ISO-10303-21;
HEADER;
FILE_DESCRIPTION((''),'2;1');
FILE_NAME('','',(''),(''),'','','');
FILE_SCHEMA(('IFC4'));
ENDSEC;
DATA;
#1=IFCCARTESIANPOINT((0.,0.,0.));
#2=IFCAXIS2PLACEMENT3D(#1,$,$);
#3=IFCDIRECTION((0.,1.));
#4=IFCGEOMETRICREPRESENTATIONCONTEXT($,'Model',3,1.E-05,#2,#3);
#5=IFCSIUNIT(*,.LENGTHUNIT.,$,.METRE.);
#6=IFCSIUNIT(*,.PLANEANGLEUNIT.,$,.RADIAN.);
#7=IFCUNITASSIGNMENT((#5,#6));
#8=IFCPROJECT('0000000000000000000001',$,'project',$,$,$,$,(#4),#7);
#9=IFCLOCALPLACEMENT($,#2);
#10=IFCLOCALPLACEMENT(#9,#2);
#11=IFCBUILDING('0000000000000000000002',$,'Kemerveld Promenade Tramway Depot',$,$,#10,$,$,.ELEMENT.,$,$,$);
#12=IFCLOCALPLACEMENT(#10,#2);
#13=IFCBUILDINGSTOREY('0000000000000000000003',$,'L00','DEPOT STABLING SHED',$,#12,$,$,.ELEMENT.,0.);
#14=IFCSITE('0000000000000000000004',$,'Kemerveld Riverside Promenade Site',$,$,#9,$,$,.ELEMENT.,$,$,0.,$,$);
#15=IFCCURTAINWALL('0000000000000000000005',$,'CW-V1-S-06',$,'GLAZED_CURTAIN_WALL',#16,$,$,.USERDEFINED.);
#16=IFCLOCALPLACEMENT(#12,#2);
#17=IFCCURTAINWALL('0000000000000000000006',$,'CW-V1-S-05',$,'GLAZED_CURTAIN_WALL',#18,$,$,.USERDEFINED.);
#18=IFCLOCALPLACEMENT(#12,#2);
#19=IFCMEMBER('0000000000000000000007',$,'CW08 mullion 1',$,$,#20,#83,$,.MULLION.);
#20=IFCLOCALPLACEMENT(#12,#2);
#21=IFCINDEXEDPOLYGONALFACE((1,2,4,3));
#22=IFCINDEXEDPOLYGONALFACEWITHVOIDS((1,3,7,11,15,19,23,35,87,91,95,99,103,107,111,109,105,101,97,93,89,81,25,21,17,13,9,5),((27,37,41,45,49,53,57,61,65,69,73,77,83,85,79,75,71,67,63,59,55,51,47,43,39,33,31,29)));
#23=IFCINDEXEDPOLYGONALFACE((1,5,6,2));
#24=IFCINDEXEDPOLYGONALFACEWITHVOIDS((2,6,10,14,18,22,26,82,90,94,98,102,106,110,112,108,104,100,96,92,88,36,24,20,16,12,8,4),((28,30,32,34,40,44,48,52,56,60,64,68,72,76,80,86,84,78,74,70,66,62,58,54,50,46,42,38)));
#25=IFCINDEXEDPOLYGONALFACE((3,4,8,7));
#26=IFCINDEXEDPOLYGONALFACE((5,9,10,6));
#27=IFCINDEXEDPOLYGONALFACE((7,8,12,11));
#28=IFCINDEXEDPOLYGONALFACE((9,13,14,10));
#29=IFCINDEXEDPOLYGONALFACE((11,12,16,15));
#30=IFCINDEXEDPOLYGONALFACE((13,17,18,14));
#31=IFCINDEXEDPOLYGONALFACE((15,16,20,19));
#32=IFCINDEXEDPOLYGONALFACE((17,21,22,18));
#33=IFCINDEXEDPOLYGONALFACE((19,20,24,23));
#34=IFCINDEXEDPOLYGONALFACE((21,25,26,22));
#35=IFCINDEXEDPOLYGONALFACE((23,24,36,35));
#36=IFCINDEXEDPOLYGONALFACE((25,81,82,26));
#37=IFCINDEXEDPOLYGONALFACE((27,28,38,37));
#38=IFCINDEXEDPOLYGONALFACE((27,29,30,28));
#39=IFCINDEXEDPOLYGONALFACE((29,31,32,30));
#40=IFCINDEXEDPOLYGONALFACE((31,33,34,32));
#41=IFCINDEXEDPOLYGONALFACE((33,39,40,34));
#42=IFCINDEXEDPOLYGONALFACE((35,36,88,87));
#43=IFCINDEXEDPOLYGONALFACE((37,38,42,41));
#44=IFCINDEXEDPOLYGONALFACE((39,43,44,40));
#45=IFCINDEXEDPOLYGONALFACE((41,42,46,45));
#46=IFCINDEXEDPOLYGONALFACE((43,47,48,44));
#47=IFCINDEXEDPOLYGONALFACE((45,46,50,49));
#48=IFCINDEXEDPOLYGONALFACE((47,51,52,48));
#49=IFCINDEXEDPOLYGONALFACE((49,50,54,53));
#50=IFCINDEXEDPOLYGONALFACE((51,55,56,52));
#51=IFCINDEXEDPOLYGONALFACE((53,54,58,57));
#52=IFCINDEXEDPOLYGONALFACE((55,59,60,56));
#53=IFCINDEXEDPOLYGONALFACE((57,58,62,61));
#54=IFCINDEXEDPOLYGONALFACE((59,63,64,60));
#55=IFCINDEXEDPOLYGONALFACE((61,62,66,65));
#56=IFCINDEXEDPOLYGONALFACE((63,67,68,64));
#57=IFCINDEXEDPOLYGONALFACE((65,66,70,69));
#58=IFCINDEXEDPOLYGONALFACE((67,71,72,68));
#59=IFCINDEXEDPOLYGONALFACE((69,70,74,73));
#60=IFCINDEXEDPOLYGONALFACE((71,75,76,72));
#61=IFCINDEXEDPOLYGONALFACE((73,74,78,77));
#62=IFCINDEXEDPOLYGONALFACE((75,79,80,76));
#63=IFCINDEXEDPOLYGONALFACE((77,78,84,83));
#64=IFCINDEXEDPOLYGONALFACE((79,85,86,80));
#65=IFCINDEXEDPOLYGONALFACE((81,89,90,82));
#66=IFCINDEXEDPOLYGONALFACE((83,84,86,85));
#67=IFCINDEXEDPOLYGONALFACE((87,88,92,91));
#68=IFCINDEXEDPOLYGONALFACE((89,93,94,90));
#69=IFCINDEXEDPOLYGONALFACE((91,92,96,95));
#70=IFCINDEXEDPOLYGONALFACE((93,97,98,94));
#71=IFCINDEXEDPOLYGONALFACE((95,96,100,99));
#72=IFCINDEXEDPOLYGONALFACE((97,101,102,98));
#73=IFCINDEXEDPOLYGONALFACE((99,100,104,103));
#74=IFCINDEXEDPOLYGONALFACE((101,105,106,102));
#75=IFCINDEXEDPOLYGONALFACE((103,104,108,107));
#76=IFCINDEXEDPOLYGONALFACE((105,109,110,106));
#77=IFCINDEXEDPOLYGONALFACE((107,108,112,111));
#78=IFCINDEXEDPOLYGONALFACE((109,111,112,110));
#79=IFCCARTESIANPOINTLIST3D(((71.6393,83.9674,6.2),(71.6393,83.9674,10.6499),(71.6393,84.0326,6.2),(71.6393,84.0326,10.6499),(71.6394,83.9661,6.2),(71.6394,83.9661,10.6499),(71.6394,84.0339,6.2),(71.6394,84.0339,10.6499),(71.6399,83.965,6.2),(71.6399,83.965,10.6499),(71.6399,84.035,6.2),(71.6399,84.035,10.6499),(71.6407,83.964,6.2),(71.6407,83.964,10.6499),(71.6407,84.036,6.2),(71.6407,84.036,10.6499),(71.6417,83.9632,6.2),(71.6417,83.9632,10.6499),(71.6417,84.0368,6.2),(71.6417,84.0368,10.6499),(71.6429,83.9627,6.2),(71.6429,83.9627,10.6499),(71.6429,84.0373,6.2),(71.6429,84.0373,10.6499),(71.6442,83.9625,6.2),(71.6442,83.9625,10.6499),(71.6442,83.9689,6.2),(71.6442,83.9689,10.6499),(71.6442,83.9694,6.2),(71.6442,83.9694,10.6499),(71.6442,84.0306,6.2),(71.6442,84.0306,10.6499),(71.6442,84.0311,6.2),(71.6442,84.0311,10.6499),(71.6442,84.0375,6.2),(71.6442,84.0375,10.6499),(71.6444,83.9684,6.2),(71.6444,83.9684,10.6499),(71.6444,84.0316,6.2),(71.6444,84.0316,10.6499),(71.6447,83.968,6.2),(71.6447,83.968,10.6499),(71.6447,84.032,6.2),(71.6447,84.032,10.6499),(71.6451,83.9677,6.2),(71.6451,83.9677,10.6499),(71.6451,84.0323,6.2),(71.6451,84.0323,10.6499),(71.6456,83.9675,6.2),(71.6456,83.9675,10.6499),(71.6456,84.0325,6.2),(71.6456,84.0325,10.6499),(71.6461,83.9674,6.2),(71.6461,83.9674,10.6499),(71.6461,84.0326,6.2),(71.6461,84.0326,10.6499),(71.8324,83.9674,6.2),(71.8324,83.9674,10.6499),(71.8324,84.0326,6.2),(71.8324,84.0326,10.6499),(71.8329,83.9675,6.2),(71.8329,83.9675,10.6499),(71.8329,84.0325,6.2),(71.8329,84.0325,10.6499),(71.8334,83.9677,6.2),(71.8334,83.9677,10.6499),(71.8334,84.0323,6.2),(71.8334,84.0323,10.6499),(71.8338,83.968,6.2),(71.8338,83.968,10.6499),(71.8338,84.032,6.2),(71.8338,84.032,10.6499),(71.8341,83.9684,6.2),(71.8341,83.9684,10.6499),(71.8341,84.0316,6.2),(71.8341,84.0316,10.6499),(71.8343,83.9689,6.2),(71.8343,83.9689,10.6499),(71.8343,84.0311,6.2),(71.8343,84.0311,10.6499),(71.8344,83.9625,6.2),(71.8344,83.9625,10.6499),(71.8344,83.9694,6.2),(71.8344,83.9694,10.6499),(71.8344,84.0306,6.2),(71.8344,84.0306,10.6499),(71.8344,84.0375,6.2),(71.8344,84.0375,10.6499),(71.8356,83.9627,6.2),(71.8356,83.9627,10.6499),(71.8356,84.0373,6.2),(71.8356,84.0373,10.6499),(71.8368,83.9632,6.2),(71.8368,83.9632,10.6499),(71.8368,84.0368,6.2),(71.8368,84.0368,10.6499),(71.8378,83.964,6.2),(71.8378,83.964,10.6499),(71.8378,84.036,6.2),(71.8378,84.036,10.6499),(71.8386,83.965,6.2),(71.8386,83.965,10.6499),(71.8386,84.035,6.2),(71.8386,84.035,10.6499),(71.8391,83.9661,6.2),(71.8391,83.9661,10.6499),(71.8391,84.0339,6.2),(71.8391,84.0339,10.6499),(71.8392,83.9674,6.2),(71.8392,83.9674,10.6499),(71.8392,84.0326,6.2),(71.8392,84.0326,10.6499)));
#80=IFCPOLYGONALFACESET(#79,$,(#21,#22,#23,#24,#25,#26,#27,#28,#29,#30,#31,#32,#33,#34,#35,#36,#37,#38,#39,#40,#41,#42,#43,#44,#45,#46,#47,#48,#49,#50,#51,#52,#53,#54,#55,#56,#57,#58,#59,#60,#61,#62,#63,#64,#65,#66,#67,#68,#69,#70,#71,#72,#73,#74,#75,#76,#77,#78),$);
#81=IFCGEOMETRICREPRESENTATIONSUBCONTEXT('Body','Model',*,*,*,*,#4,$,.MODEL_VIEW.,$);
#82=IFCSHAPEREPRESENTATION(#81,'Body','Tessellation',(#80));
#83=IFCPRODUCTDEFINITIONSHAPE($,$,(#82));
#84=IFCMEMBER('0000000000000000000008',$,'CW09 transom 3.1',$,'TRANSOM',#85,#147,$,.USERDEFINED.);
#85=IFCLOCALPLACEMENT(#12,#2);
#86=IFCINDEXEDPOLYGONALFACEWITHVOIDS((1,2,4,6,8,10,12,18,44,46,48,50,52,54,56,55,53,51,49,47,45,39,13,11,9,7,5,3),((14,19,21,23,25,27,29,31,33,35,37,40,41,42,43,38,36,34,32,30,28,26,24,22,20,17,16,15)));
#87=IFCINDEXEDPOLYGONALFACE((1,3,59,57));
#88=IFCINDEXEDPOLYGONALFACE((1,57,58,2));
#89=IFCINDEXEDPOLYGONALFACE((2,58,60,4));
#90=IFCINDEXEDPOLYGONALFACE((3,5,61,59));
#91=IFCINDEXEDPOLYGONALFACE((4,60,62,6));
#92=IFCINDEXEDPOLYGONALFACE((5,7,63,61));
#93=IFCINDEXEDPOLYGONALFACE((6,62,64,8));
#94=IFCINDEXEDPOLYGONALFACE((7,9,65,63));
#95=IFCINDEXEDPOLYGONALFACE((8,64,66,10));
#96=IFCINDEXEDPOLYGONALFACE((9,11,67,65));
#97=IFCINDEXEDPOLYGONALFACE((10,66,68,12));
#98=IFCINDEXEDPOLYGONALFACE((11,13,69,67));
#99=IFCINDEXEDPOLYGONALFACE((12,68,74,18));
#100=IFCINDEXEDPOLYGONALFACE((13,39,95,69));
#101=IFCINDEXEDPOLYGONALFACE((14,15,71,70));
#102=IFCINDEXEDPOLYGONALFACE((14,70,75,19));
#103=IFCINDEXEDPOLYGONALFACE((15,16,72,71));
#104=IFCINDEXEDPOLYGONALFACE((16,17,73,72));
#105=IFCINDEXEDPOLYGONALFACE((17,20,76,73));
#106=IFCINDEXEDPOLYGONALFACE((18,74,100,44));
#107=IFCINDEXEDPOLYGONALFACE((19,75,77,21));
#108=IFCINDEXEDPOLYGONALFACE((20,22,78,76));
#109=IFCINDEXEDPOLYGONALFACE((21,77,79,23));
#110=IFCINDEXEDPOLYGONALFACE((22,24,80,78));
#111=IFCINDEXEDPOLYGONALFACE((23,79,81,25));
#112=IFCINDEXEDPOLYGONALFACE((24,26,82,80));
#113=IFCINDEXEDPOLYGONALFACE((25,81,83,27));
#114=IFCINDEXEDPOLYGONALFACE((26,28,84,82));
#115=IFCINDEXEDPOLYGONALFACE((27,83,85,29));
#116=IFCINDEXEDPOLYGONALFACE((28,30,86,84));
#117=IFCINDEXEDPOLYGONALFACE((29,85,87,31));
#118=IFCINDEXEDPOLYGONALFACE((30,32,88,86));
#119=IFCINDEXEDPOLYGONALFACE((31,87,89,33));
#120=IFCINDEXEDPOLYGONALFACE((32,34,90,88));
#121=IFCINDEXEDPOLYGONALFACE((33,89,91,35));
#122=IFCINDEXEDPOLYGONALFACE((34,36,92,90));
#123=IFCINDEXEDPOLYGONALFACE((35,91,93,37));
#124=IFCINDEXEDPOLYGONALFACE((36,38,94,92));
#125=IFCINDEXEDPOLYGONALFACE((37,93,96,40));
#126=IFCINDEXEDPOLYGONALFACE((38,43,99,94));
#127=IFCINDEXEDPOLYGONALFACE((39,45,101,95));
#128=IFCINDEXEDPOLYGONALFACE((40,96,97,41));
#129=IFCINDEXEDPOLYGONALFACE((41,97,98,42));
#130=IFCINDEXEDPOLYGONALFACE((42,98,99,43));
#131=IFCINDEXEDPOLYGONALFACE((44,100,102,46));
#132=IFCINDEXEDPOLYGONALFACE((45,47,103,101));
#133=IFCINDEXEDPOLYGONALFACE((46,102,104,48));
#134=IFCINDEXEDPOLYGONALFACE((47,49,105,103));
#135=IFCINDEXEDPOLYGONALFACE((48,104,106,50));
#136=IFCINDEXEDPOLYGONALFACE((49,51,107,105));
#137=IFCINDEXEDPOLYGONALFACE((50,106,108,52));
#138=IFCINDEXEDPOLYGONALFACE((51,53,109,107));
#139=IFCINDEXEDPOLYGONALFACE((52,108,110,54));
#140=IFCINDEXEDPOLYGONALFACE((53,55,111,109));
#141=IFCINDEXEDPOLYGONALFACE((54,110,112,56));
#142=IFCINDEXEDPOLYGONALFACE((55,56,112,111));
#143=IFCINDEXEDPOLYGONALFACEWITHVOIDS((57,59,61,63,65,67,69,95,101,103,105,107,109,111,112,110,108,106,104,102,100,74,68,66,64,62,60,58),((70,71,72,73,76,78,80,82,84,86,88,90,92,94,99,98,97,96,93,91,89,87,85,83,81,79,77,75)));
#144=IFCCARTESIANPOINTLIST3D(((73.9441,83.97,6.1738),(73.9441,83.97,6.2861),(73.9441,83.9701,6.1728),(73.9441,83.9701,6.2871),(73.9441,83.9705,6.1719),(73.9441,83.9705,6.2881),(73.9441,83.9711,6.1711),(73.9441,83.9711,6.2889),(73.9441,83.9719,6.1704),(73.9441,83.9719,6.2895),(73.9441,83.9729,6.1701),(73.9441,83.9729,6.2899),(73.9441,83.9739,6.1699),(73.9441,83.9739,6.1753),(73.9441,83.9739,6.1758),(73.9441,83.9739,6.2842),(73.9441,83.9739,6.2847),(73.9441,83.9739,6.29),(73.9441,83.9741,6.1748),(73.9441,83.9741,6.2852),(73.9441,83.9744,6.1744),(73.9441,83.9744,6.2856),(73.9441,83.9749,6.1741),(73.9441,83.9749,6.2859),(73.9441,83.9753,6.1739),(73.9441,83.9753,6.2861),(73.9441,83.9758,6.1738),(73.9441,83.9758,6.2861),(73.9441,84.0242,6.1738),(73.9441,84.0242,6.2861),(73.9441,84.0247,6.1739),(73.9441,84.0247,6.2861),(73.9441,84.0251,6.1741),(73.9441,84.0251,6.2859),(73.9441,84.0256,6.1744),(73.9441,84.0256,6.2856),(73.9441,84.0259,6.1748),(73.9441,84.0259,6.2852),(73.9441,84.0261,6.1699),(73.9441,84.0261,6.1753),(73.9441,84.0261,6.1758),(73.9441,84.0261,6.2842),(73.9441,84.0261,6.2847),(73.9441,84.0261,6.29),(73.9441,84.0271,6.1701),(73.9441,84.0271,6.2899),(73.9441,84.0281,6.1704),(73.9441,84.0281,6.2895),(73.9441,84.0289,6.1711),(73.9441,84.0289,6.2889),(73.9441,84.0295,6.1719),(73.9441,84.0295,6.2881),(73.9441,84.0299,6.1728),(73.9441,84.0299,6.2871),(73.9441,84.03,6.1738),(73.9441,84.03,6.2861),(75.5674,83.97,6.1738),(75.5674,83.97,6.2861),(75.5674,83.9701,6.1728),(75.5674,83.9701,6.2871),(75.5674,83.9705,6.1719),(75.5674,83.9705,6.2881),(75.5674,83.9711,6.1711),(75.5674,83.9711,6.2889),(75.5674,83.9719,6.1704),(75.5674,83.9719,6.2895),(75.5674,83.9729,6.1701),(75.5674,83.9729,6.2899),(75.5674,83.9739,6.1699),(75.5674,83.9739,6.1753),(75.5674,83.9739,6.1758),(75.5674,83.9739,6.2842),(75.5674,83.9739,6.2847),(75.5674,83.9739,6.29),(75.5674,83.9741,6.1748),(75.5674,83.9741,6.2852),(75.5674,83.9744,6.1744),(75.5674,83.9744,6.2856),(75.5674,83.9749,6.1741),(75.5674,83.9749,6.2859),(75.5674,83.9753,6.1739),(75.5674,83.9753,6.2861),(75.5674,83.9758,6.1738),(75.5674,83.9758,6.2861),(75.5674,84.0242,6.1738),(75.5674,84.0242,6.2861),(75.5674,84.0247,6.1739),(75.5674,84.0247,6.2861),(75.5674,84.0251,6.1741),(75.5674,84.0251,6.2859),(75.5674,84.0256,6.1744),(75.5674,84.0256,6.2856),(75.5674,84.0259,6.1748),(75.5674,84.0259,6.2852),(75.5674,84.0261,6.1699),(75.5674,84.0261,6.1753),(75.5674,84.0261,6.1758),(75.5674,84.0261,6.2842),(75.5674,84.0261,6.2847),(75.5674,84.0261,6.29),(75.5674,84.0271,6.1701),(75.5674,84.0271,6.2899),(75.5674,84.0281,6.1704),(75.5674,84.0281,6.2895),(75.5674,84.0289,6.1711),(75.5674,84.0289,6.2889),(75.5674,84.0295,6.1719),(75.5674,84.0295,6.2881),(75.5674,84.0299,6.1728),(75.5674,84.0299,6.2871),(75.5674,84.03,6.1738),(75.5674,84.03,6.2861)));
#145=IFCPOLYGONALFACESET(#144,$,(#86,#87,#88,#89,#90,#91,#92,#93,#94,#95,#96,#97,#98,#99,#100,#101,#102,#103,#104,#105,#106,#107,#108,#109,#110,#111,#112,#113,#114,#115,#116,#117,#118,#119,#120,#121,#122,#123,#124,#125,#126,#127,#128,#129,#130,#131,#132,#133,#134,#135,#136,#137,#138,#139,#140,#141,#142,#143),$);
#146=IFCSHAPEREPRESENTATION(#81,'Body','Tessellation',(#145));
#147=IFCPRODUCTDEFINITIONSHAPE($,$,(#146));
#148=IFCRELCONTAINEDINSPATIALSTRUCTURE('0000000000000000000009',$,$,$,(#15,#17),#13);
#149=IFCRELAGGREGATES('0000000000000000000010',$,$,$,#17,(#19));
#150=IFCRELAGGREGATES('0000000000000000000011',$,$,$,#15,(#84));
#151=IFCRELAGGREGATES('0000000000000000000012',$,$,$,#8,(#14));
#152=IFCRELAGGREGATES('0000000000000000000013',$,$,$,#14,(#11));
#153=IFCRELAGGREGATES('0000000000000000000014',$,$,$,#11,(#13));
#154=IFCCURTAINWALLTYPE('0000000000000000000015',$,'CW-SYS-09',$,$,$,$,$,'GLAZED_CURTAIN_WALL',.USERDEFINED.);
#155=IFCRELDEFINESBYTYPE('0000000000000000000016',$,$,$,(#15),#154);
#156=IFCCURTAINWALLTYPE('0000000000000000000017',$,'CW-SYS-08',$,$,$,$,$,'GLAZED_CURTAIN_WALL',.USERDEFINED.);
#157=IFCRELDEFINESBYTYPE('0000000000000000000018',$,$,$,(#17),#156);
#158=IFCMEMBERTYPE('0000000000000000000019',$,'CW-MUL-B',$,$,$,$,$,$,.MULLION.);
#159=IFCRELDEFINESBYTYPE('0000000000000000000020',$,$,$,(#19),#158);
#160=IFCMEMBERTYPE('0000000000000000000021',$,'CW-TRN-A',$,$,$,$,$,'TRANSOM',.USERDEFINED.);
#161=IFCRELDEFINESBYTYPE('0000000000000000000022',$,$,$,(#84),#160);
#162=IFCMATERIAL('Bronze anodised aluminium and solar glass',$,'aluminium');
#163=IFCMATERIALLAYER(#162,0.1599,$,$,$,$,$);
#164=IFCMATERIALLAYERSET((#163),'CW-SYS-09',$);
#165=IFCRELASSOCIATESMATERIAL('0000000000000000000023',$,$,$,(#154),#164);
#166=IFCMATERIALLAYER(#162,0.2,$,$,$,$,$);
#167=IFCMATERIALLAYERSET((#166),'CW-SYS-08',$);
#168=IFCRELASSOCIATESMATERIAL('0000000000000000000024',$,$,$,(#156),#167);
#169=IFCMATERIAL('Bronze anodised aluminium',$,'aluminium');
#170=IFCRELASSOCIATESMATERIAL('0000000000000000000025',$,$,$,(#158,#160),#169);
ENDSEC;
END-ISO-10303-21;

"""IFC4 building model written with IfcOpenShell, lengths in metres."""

from ifc_helpers import new_model, si_unit, direction, frame, origin, origin_2d, place, context, subcontext, project, spatial, hollow_rectangle, extrude, material, layer, layer_set, material_profile, profile_set, type_object, element, aggregate, save


model = new_model("IFC4")

# Units and contexts
model_context = context("Model", 3, precision=1e-05, world=origin(), true_north=direction((0.0, 1.0)))
body_context = subcontext(model_context, "Body", "Model", "MODEL_VIEW")
ifc_project = project(units=[si_unit("LENGTHUNIT", "METRE"), si_unit("PLANEANGLEUNIT", "RADIAN")], contexts=[model_context])

# Site, building, storey
site_placement = place(None, origin())
site = spatial("IfcSite", under=ifc_project, at=site_placement, Name="Kemerveld Riverside Promenade Site", CompositionType="ELEMENT", RefElevation=0.0)
building_placement = place(site_placement, origin())
building = spatial("IfcBuilding", under=site, at=building_placement, Name="Kemerveld Promenade Tramway Depot", CompositionType="ELEMENT")
storey_placement = place(building_placement, origin())
storey = spatial("IfcBuildingStorey", under=building, at=storey_placement, Name="L00", Description="DEPOT STABLING SHED", CompositionType="ELEMENT", Elevation=0.0)

# Curtain wall
ifc_material_1 = material(Name="Bronze anodised aluminium and solar glass", Category="aluminium")
ifc_layer_1 = layer(ifc_material_1, 0.1599)
ifc_layer_set_1 = layer_set([ifc_layer_1], Name="CW-SYS-09")
curtain_wall_type_1 = type_object("IfcCurtainWallType", Name="CW-SYS-09", ElementType="GLAZED_CURTAIN_WALL", PredefinedType="USERDEFINED", material=ifc_layer_set_1)
curtain_wall_1_placement = place(storey_placement, origin())
curtain_wall_1 = element("IfcCurtainWall", 1, at=curtain_wall_1_placement, inside=storey, type_object=curtain_wall_type_1, Name="CW-V1-S-06", ObjectType="GLAZED_CURTAIN_WALL", PredefinedType="USERDEFINED")
ifc_material_2 = material(Name="Bronze anodised aluminium", Category="aluminium")

# Curtain wall, member
ifc_layer_2 = layer(ifc_material_1, 0.2)
ifc_layer_set_2 = layer_set([ifc_layer_2], Name="CW-SYS-08")
curtain_wall_type_2 = type_object("IfcCurtainWallType", Name="CW-SYS-08", ElementType="GLAZED_CURTAIN_WALL", PredefinedType="USERDEFINED", material=ifc_layer_set_2)
curtain_wall_2_placement = place(storey_placement, origin())
curtain_wall_2 = element("IfcCurtainWall", 2, at=curtain_wall_2_placement, inside=storey, type_object=curtain_wall_type_2, Name="CW-V1-S-05", ObjectType="GLAZED_CURTAIN_WALL", PredefinedType="USERDEFINED")
ifc_material_profile_1 = material_profile(ifc_material_2, hollow_rectangle(XDim=0.075, YDim=0.2, WallThickness=0.0049, InnerFilletRadius=0.002, OuterFilletRadius=0.0049, at=origin_2d()), Name="CW-MUL-200x75")
ifc_profile_set_1 = profile_set([ifc_material_profile_1], Name="Bronze anodised aluminium")
member_type_1 = type_object("IfcMemberType", Name="CW-MUL-B", PredefinedType="MULLION", material=ifc_profile_set_1)
member_1_placement = place(storey_placement, frame((71.7393, 84.0, 6.2), z_axis=(0.0, 0.0, 1.0), x_axis=(0.0, -1.0, 0.0)))
member_1 = element("IfcMember", 3, at=member_1_placement, type_object=member_type_1, Name="CW08 mullion 1", PredefinedType="MULLION", context=body_context, shape_type="SweptSolid", body=[
    extrude(hollow_rectangle(XDim=0.075, YDim=0.2, WallThickness=0.0049, InnerFilletRadius=0.002, OuterFilletRadius=0.0049, at=origin_2d()), origin(), (0.0, 0.0, 1.0), 4.45),
])

# Member
ifc_material_profile_2 = material_profile(ifc_material_2, hollow_rectangle(XDim=0.0601, YDim=0.1201, WallThickness=0.0039, InnerFilletRadius=0.002, OuterFilletRadius=0.0039, at=origin_2d()), Name="CW-TRN-120x60")
ifc_profile_set_2 = profile_set([ifc_material_profile_2], Name="Bronze anodised aluminium")
member_type_2 = type_object("IfcMemberType", Name="CW-TRN-A", ElementType="TRANSOM", PredefinedType="USERDEFINED", material=ifc_profile_set_2)
member_2_placement = place(storey_placement, frame((75.5674, 84.0, 6.23), z_axis=(-1.0, 0.0, 0.0), x_axis=(0.0, -1.0, 0.0)))
member_2 = element("IfcMember", 4, at=member_2_placement, type_object=member_type_2, Name="CW09 transom 3.1", ObjectType="TRANSOM", PredefinedType="USERDEFINED", context=body_context, shape_type="SweptSolid", body=[
    extrude(hollow_rectangle(XDim=0.0601, YDim=0.1201, WallThickness=0.0039, InnerFilletRadius=0.002, OuterFilletRadius=0.0039, at=origin_2d()), origin(), (0.0, 0.0, 1.0), 1.6233),
])
aggregate(curtain_wall_2, [member_1])

aggregate(curtain_wall_1, [member_2])

save(model, "model.ifc")
